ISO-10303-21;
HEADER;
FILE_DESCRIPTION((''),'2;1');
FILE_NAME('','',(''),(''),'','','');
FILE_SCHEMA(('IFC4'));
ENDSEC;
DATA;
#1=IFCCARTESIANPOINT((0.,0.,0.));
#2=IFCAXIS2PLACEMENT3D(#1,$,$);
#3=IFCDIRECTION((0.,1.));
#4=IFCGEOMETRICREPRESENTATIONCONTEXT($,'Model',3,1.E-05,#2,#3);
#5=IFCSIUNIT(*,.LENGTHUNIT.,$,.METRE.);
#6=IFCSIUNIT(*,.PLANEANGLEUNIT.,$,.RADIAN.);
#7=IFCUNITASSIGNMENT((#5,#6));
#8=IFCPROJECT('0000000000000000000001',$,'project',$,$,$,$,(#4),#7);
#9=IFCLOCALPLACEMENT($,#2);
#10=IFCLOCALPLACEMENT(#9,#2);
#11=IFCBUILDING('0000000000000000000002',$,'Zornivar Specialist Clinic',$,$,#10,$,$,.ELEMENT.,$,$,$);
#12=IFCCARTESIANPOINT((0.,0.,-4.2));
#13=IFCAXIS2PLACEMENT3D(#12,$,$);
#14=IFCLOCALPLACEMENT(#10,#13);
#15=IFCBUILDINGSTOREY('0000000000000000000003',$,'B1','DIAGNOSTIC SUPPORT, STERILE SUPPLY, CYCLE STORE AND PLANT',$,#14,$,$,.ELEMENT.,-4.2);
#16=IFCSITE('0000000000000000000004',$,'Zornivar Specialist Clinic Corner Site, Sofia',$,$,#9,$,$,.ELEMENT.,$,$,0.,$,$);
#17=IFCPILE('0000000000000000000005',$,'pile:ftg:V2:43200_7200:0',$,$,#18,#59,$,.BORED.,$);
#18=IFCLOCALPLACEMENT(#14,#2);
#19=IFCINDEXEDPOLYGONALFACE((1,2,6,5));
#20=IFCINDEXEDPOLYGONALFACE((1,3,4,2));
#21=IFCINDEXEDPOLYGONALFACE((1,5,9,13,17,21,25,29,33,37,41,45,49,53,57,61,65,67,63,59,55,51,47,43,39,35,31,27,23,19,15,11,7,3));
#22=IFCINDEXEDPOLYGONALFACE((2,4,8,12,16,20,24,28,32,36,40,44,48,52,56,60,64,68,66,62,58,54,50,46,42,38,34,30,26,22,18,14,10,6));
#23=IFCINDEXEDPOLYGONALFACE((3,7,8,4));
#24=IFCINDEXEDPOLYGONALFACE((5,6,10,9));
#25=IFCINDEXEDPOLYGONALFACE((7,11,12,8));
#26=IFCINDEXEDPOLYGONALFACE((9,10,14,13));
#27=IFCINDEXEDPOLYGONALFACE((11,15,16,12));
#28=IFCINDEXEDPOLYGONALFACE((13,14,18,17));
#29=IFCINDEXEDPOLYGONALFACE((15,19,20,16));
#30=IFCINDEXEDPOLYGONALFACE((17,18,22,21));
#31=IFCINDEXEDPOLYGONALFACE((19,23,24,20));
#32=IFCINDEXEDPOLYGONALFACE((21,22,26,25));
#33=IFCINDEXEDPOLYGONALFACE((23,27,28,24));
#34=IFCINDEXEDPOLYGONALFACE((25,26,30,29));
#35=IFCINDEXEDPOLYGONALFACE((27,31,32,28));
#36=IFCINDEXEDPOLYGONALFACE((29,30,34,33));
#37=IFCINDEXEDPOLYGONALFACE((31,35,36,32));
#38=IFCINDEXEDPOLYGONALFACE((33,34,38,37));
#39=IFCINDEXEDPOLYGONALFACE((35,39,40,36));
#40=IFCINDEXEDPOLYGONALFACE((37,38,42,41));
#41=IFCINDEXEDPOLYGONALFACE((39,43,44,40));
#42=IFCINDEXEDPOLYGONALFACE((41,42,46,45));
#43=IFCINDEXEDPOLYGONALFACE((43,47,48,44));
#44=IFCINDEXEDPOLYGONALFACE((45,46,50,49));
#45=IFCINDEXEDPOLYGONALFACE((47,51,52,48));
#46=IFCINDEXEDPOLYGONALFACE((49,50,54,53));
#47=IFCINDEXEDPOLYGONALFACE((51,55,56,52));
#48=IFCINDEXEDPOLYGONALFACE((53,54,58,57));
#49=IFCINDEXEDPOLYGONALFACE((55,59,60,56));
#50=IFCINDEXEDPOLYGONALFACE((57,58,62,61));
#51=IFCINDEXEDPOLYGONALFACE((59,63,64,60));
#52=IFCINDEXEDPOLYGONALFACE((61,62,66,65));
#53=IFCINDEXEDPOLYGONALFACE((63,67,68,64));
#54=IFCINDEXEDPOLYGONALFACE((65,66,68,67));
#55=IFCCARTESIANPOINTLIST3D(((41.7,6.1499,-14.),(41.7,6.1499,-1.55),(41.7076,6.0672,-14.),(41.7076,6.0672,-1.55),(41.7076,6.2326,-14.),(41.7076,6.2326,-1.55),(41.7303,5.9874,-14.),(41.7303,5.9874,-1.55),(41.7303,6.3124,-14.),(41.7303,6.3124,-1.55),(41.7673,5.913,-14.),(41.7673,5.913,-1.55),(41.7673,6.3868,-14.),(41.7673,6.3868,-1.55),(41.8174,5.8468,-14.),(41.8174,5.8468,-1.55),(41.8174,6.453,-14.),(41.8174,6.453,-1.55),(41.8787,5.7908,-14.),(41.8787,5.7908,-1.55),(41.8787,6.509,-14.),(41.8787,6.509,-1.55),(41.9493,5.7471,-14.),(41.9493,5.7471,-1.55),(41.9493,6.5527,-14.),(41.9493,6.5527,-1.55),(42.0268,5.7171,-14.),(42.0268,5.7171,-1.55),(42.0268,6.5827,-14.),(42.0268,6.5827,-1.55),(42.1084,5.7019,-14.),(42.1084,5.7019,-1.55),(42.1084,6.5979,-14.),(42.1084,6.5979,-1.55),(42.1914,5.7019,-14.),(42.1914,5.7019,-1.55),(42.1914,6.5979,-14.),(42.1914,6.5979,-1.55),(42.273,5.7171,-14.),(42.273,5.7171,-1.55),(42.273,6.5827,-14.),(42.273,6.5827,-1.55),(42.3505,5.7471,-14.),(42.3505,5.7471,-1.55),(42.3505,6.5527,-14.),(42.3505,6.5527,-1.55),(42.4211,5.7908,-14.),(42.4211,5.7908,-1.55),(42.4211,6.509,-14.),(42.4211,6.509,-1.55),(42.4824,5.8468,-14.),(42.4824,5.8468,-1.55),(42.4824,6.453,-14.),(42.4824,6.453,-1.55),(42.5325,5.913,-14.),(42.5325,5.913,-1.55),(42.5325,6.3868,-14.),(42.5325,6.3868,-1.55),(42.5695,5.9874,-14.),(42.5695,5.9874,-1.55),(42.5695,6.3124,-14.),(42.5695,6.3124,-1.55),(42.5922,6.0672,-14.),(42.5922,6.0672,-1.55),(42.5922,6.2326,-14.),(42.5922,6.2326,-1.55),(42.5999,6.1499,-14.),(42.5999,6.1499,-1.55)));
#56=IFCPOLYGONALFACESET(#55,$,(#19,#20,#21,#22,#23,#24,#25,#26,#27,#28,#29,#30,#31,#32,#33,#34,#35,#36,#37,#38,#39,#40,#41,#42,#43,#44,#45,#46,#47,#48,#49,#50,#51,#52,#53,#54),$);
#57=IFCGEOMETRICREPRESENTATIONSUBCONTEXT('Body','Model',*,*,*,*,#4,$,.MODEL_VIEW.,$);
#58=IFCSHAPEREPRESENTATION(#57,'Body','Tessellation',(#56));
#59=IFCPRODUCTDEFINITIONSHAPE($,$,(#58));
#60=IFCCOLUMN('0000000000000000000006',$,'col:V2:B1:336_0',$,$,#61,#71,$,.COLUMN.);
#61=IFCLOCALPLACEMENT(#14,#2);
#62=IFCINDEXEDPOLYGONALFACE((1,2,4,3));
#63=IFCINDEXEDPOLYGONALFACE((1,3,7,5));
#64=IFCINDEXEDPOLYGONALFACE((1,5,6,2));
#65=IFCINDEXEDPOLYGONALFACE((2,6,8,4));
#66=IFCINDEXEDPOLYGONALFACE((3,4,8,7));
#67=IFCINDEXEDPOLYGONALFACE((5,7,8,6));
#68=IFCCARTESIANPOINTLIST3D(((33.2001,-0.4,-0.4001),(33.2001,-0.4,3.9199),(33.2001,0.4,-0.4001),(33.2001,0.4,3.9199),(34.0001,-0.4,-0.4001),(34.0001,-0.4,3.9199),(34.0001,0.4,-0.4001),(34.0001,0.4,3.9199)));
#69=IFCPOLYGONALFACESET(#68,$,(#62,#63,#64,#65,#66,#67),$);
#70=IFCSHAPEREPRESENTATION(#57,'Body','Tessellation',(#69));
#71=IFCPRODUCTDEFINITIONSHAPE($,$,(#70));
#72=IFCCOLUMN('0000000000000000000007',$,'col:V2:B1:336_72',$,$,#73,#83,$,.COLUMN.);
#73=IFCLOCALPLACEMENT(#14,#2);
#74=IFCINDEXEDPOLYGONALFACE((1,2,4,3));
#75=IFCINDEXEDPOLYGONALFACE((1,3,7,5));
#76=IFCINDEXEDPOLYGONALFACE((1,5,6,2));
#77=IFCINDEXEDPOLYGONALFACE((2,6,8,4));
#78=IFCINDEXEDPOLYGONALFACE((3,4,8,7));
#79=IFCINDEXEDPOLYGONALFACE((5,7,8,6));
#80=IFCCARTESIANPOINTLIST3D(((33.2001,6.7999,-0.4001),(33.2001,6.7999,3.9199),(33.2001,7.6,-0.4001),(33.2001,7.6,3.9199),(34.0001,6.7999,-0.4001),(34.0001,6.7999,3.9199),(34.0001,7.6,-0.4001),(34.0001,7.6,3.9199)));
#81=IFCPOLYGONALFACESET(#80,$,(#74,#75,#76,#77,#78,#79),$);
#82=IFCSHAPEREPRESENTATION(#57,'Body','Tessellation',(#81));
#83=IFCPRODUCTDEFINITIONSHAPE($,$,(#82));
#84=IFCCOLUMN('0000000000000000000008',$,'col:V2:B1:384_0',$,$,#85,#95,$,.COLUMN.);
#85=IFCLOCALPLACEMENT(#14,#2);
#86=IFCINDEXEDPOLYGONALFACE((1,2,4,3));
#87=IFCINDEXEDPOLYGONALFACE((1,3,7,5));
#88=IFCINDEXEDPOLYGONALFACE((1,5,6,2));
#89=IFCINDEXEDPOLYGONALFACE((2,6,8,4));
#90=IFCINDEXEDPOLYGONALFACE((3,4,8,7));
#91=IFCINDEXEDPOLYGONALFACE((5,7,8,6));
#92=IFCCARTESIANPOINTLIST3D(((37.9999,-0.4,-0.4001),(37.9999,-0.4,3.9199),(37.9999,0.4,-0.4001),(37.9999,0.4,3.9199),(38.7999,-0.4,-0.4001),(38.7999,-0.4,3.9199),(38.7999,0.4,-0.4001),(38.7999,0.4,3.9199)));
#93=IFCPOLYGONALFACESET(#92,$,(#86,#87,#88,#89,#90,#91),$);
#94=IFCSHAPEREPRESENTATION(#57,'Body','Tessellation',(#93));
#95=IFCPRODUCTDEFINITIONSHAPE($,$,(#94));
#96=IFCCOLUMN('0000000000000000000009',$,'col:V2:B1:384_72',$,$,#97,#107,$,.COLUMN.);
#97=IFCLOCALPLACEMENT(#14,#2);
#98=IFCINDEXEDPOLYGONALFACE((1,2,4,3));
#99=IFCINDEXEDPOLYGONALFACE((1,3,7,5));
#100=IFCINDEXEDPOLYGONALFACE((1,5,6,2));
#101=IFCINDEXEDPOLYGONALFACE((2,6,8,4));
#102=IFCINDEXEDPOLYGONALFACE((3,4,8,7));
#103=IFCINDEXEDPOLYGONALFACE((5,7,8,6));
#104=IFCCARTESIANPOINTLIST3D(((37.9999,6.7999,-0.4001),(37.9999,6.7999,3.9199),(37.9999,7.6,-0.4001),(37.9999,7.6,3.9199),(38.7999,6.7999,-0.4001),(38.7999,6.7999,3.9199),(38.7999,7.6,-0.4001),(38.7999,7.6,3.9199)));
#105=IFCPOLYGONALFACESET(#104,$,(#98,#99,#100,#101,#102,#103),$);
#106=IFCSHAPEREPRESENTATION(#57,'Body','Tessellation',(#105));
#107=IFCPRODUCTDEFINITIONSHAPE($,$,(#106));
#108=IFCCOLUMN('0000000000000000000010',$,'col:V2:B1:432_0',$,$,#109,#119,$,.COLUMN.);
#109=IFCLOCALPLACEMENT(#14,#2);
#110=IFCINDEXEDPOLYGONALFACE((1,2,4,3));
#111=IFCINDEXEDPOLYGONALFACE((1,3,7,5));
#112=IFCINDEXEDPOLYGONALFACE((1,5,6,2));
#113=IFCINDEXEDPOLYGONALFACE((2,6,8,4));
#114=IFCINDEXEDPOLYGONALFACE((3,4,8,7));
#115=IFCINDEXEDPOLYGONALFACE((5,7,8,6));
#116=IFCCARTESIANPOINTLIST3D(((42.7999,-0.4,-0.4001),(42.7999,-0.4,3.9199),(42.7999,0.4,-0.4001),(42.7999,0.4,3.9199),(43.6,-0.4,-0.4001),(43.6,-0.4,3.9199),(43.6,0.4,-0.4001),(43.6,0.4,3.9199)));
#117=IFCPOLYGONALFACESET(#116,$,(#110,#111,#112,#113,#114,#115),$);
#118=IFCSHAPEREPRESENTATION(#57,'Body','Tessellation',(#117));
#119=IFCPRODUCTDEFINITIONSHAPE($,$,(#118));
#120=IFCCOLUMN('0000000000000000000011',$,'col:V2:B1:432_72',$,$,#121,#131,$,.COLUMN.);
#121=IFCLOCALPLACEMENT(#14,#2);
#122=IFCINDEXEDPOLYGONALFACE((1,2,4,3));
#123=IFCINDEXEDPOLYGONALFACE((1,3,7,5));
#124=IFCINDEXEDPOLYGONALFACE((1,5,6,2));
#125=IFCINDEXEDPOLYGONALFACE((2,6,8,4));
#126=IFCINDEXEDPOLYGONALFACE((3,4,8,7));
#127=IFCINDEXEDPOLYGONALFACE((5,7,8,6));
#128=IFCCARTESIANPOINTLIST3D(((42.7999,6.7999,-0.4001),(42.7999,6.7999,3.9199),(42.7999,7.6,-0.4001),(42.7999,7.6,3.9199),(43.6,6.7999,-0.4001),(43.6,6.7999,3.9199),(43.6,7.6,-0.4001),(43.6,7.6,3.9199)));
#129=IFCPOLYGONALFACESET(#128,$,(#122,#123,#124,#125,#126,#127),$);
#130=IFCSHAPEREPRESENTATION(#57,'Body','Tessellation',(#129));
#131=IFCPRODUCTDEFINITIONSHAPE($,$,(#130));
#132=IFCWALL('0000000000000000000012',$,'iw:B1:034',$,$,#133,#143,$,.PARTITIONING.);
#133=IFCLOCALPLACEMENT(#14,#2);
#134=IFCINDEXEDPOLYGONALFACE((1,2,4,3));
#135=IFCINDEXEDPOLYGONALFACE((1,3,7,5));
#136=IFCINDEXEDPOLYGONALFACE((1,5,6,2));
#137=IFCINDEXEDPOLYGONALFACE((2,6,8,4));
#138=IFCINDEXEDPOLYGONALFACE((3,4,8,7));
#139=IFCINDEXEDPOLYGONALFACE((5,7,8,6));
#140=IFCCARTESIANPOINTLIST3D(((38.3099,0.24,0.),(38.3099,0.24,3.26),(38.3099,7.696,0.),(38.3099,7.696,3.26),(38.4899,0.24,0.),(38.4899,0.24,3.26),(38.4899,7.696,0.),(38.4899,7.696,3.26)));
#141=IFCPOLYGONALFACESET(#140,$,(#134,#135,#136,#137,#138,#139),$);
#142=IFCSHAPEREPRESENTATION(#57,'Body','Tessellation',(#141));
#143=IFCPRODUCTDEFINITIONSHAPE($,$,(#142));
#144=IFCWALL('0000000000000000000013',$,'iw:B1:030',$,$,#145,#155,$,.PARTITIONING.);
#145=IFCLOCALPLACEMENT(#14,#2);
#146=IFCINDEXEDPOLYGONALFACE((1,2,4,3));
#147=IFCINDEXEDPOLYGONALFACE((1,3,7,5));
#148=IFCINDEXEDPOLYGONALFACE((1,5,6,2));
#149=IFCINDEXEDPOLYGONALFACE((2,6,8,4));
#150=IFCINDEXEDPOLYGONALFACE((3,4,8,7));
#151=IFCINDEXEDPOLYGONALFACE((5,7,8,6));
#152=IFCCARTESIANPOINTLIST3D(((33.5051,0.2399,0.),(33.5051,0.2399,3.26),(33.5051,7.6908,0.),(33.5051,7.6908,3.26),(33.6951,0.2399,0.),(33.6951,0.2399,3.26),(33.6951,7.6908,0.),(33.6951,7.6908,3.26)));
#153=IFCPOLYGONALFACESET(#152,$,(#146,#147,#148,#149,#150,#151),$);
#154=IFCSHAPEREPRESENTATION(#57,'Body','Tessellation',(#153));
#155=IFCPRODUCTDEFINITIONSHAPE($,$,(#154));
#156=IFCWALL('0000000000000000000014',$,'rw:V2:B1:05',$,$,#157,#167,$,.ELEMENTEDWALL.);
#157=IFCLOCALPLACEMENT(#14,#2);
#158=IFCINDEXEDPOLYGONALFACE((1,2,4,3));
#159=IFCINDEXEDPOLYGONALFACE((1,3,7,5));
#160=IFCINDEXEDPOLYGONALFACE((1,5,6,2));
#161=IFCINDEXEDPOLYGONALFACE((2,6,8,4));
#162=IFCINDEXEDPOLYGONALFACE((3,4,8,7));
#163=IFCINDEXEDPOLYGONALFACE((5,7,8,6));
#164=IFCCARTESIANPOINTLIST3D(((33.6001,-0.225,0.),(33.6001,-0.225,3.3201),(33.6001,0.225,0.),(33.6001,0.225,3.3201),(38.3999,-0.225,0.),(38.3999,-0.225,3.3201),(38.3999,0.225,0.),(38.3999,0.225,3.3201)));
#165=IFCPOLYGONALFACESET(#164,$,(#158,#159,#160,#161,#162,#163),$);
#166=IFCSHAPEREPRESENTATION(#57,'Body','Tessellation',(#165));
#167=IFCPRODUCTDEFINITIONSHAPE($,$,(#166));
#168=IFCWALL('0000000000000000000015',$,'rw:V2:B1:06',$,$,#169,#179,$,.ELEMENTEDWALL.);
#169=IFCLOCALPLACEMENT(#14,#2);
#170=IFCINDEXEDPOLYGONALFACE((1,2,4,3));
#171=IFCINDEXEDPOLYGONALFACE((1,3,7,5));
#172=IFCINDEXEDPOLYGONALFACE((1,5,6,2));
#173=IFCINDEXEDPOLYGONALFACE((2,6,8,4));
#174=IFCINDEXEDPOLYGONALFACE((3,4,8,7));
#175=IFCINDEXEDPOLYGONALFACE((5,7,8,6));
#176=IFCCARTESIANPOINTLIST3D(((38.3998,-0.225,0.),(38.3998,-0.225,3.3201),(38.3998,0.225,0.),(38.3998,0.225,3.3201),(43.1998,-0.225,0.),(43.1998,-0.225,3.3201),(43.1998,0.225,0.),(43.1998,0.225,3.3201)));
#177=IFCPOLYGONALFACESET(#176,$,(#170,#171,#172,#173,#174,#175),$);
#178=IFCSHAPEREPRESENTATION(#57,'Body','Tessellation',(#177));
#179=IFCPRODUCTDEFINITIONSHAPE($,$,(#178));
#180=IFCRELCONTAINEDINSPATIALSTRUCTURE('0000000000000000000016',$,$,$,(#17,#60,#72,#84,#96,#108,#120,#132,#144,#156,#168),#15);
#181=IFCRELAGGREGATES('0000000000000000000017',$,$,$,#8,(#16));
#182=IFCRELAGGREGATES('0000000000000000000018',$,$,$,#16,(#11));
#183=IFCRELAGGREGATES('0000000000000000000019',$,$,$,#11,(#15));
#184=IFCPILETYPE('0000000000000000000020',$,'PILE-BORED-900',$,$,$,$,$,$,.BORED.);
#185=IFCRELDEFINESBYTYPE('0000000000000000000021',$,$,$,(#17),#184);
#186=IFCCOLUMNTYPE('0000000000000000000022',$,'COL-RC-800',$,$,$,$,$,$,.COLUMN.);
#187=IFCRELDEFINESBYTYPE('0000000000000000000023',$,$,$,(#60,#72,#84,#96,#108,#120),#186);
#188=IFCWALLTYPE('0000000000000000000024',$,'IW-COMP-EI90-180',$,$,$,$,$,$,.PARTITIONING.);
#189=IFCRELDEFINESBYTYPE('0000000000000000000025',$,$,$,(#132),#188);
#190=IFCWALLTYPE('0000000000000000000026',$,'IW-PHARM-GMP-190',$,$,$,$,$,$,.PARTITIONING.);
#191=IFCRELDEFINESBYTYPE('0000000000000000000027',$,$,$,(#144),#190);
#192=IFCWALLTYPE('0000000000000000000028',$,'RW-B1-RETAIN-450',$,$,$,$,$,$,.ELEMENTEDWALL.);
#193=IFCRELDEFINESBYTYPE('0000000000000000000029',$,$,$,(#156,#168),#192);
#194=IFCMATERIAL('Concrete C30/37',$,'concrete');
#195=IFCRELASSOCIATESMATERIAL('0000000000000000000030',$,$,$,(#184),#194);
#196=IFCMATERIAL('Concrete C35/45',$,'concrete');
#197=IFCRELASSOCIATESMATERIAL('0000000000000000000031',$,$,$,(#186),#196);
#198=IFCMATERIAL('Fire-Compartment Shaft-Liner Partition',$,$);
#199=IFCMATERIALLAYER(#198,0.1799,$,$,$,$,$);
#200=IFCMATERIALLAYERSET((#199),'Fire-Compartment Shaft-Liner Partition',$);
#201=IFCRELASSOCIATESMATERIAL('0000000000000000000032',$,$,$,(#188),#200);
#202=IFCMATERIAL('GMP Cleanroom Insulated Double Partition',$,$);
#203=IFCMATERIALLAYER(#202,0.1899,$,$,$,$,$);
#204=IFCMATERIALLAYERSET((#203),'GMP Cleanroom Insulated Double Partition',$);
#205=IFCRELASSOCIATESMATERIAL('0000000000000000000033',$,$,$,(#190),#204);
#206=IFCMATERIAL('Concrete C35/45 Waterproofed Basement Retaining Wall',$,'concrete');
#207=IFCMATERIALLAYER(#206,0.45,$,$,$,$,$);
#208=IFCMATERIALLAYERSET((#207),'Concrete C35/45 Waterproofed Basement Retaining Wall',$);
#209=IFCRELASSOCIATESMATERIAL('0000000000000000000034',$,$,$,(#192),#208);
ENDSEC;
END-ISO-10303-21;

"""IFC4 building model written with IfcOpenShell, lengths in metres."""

from ifc_helpers import new_model, si_unit, direction, frame, frame_2d, origin, origin_2d, place, context, subcontext, project, spatial, rectangle, circle, extrude, material, layer, layer_set, material_profile, profile_set, type_object, element, save


model = new_model("IFC4")

# Units and contexts
model_context = context("Model", 3, precision=1e-05, world=origin(), true_north=direction((0.0, 1.0)))
body_context = subcontext(model_context, "Body", "Model", "MODEL_VIEW")
ifc_project = project(units=[si_unit("LENGTHUNIT", "METRE"), si_unit("PLANEANGLEUNIT", "RADIAN")], contexts=[model_context])

# Site, building, storey
site_placement = place(None, origin())
site = spatial("IfcSite", under=ifc_project, at=site_placement, Name="Zornivar Specialist Clinic Corner Site, Sofia", CompositionType="ELEMENT", RefElevation=0.0)
building_placement = place(site_placement, origin())
building = spatial("IfcBuilding", under=site, at=building_placement, Name="Zornivar Specialist Clinic", CompositionType="ELEMENT")
storey_placement = place(building_placement, frame((0.0, 0.0, -4.2)))
storey = spatial("IfcBuildingStorey", under=building, at=storey_placement, Name="B1", Description="DIAGNOSTIC SUPPORT, STERILE SUPPLY, CYCLE STORE AND PLANT", CompositionType="ELEMENT", Elevation=-4.2)

# Pile
ifc_material_1 = material(Name="Concrete C30/37", Category="concrete")
ifc_material_profile_1 = material_profile(ifc_material_1, circle(Radius=0.45, at=origin_2d()), Name="PILE D900")
ifc_profile_set_1 = profile_set([ifc_material_profile_1], Name="Concrete C30/37")
pile_type = type_object("IfcPileType", Name="PILE-BORED-900", PredefinedType="BORED", material=ifc_profile_set_1)
for number, where, z_axis, x_axis, name in (
    (1, (42.1499, 6.1499, -1.55), (0.0, 0.0, -1.0), (1.0, 0.0, 0.0), "pile:ftg:V2:43200_7200:0"),
):
    element("IfcPile", number, at=place(storey_placement, frame(where, z_axis=z_axis, x_axis=x_axis)), inside=storey, type_object=pile_type, Name=name, PredefinedType="BORED", context=body_context, shape_type="SweptSolid", body=[
        extrude(circle(Radius=0.45, at=origin_2d()), origin(), (0.0, 0.0, 1.0), 12.45),
    ])

# Columns
ifc_material_2 = material(Name="Concrete C35/45", Category="concrete")
ifc_material_profile_2 = material_profile(ifc_material_2, rectangle(XDim=0.8, YDim=0.8, at=origin_2d()), Name="RC 800x800")
ifc_profile_set_2 = profile_set([ifc_material_profile_2], Name="Concrete C35/45")
column_type = type_object("IfcColumnType", Name="COL-RC-800", PredefinedType="COLUMN", material=ifc_profile_set_2)
for number, where, z_axis, x_axis, name in (
    (2, (33.6001, 0.0, -0.4001), (0.0, 0.0, 1.0), (1.0, 0.0, 0.0), "col:V2:B1:336_0"),
    (3, (33.6001, 7.2, -0.4001), (0.0, 0.0, 1.0), (1.0, 0.0, 0.0), "col:V2:B1:336_72"),
    (4, (38.3999, 0.0, -0.4001), (0.0, 0.0, 1.0), (1.0, 0.0, 0.0), "col:V2:B1:384_0"),
    (5, (38.3999, 7.2, -0.4001), (0.0, 0.0, 1.0), (1.0, 0.0, 0.0), "col:V2:B1:384_72"),
    (6, (43.2, 0.0, -0.4001), (0.0, 0.0, 1.0), (1.0, 0.0, 0.0), "col:V2:B1:432_0"),
    (7, (43.2, 7.2, -0.4001), (0.0, 0.0, 1.0), (1.0, 0.0, 0.0), "col:V2:B1:432_72"),
):
    element("IfcColumn", number, at=place(storey_placement, frame(where, z_axis=z_axis, x_axis=x_axis)), inside=storey, type_object=column_type, Name=name, PredefinedType="COLUMN", context=body_context, shape_type="SweptSolid", body=[
        extrude(rectangle(XDim=0.8, YDim=0.8, at=origin_2d()), origin(), (0.0, 0.0, 1.0), 4.3201),
    ])

# Walls
ifc_material_3 = material(Name="Fire-Compartment Shaft-Liner Partition")
ifc_layer_1 = layer(ifc_material_3, 0.1799)
ifc_layer_set_1 = layer_set([ifc_layer_1], Name="Fire-Compartment Shaft-Liner Partition")
wall_type_1 = type_object("IfcWallType", Name="IW-COMP-EI90-180", PredefinedType="PARTITIONING", material=ifc_layer_set_1)
wall_1_placement = place(storey_placement, frame((38.3999, 7.696, 0.0), z_axis=(0.0, 0.0, 1.0), x_axis=(0.0, -1.0, 0.0)))
element("IfcWall", 8, at=wall_1_placement, inside=storey, type_object=wall_type_1, Name="iw:B1:034", PredefinedType="PARTITIONING", context=body_context, shape_type="SweptSolid", body=[
    extrude(rectangle(XDim=7.4561, YDim=0.1799, at=frame_2d((3.728, 0.0))), origin(), (0.0, 0.0, 1.0), 3.26),
])
ifc_material_4 = material(Name="GMP Cleanroom Insulated Double Partition")
ifc_layer_2 = layer(ifc_material_4, 0.1899)
ifc_layer_set_2 = layer_set([ifc_layer_2], Name="GMP Cleanroom Insulated Double Partition")
wall_type_2 = type_object("IfcWallType", Name="IW-PHARM-GMP-190", PredefinedType="PARTITIONING", material=ifc_layer_set_2)
wall_2_placement = place(storey_placement, frame((33.6001, 7.6909, 0.0), z_axis=(0.0, 0.0, 1.0), x_axis=(0.0, -1.0, 0.0)))
element("IfcWall", 9, at=wall_2_placement, inside=storey, type_object=wall_type_2, Name="iw:B1:030", PredefinedType="PARTITIONING", context=body_context, shape_type="SweptSolid", body=[
    extrude(rectangle(XDim=7.4509, YDim=0.1899, at=frame_2d((3.7256, 0.0))), origin(), (0.0, 0.0, 1.0), 3.26),
])
ifc_material_5 = material(Name="Concrete C35/45 Waterproofed Basement Retaining Wall", Category="concrete")
ifc_layer_3 = layer(ifc_material_5, 0.45)
ifc_layer_set_3 = layer_set([ifc_layer_3], Name="Concrete C35/45 Waterproofed Basement Retaining Wall")
wall_type_3 = type_object("IfcWallType", Name="RW-B1-RETAIN-450", PredefinedType="ELEMENTEDWALL", material=ifc_layer_set_3)
wall_3_placement = place(storey_placement, frame((33.6001, 0.0, 0.0), z_axis=(0.0, 0.0, 1.0), x_axis=(1.0, 0.0, 0.0)))
element("IfcWall", 10, at=wall_3_placement, inside=storey, type_object=wall_type_3, Name="rw:V2:B1:05", PredefinedType="ELEMENTEDWALL", context=body_context, shape_type="SweptSolid", body=[
    extrude(rectangle(XDim=4.7998, YDim=0.45, at=frame_2d((2.3999, 0.0))), origin(), (0.0, 0.0, 1.0), 3.3201),
])
wall_4_placement = place(storey_placement, frame((38.3999, 0.0, 0.0), z_axis=(0.0, 0.0, 1.0), x_axis=(1.0, 0.0, 0.0)))
element("IfcWall", 11, at=wall_4_placement, inside=storey, type_object=wall_type_3, Name="rw:V2:B1:06", PredefinedType="ELEMENTEDWALL", context=body_context, shape_type="SweptSolid", body=[
    extrude(rectangle(XDim=4.8, YDim=0.45, at=frame_2d((2.3999, 0.0))), origin(), (0.0, 0.0, 1.0), 3.3201),
])

save(model, "model.ifc")
